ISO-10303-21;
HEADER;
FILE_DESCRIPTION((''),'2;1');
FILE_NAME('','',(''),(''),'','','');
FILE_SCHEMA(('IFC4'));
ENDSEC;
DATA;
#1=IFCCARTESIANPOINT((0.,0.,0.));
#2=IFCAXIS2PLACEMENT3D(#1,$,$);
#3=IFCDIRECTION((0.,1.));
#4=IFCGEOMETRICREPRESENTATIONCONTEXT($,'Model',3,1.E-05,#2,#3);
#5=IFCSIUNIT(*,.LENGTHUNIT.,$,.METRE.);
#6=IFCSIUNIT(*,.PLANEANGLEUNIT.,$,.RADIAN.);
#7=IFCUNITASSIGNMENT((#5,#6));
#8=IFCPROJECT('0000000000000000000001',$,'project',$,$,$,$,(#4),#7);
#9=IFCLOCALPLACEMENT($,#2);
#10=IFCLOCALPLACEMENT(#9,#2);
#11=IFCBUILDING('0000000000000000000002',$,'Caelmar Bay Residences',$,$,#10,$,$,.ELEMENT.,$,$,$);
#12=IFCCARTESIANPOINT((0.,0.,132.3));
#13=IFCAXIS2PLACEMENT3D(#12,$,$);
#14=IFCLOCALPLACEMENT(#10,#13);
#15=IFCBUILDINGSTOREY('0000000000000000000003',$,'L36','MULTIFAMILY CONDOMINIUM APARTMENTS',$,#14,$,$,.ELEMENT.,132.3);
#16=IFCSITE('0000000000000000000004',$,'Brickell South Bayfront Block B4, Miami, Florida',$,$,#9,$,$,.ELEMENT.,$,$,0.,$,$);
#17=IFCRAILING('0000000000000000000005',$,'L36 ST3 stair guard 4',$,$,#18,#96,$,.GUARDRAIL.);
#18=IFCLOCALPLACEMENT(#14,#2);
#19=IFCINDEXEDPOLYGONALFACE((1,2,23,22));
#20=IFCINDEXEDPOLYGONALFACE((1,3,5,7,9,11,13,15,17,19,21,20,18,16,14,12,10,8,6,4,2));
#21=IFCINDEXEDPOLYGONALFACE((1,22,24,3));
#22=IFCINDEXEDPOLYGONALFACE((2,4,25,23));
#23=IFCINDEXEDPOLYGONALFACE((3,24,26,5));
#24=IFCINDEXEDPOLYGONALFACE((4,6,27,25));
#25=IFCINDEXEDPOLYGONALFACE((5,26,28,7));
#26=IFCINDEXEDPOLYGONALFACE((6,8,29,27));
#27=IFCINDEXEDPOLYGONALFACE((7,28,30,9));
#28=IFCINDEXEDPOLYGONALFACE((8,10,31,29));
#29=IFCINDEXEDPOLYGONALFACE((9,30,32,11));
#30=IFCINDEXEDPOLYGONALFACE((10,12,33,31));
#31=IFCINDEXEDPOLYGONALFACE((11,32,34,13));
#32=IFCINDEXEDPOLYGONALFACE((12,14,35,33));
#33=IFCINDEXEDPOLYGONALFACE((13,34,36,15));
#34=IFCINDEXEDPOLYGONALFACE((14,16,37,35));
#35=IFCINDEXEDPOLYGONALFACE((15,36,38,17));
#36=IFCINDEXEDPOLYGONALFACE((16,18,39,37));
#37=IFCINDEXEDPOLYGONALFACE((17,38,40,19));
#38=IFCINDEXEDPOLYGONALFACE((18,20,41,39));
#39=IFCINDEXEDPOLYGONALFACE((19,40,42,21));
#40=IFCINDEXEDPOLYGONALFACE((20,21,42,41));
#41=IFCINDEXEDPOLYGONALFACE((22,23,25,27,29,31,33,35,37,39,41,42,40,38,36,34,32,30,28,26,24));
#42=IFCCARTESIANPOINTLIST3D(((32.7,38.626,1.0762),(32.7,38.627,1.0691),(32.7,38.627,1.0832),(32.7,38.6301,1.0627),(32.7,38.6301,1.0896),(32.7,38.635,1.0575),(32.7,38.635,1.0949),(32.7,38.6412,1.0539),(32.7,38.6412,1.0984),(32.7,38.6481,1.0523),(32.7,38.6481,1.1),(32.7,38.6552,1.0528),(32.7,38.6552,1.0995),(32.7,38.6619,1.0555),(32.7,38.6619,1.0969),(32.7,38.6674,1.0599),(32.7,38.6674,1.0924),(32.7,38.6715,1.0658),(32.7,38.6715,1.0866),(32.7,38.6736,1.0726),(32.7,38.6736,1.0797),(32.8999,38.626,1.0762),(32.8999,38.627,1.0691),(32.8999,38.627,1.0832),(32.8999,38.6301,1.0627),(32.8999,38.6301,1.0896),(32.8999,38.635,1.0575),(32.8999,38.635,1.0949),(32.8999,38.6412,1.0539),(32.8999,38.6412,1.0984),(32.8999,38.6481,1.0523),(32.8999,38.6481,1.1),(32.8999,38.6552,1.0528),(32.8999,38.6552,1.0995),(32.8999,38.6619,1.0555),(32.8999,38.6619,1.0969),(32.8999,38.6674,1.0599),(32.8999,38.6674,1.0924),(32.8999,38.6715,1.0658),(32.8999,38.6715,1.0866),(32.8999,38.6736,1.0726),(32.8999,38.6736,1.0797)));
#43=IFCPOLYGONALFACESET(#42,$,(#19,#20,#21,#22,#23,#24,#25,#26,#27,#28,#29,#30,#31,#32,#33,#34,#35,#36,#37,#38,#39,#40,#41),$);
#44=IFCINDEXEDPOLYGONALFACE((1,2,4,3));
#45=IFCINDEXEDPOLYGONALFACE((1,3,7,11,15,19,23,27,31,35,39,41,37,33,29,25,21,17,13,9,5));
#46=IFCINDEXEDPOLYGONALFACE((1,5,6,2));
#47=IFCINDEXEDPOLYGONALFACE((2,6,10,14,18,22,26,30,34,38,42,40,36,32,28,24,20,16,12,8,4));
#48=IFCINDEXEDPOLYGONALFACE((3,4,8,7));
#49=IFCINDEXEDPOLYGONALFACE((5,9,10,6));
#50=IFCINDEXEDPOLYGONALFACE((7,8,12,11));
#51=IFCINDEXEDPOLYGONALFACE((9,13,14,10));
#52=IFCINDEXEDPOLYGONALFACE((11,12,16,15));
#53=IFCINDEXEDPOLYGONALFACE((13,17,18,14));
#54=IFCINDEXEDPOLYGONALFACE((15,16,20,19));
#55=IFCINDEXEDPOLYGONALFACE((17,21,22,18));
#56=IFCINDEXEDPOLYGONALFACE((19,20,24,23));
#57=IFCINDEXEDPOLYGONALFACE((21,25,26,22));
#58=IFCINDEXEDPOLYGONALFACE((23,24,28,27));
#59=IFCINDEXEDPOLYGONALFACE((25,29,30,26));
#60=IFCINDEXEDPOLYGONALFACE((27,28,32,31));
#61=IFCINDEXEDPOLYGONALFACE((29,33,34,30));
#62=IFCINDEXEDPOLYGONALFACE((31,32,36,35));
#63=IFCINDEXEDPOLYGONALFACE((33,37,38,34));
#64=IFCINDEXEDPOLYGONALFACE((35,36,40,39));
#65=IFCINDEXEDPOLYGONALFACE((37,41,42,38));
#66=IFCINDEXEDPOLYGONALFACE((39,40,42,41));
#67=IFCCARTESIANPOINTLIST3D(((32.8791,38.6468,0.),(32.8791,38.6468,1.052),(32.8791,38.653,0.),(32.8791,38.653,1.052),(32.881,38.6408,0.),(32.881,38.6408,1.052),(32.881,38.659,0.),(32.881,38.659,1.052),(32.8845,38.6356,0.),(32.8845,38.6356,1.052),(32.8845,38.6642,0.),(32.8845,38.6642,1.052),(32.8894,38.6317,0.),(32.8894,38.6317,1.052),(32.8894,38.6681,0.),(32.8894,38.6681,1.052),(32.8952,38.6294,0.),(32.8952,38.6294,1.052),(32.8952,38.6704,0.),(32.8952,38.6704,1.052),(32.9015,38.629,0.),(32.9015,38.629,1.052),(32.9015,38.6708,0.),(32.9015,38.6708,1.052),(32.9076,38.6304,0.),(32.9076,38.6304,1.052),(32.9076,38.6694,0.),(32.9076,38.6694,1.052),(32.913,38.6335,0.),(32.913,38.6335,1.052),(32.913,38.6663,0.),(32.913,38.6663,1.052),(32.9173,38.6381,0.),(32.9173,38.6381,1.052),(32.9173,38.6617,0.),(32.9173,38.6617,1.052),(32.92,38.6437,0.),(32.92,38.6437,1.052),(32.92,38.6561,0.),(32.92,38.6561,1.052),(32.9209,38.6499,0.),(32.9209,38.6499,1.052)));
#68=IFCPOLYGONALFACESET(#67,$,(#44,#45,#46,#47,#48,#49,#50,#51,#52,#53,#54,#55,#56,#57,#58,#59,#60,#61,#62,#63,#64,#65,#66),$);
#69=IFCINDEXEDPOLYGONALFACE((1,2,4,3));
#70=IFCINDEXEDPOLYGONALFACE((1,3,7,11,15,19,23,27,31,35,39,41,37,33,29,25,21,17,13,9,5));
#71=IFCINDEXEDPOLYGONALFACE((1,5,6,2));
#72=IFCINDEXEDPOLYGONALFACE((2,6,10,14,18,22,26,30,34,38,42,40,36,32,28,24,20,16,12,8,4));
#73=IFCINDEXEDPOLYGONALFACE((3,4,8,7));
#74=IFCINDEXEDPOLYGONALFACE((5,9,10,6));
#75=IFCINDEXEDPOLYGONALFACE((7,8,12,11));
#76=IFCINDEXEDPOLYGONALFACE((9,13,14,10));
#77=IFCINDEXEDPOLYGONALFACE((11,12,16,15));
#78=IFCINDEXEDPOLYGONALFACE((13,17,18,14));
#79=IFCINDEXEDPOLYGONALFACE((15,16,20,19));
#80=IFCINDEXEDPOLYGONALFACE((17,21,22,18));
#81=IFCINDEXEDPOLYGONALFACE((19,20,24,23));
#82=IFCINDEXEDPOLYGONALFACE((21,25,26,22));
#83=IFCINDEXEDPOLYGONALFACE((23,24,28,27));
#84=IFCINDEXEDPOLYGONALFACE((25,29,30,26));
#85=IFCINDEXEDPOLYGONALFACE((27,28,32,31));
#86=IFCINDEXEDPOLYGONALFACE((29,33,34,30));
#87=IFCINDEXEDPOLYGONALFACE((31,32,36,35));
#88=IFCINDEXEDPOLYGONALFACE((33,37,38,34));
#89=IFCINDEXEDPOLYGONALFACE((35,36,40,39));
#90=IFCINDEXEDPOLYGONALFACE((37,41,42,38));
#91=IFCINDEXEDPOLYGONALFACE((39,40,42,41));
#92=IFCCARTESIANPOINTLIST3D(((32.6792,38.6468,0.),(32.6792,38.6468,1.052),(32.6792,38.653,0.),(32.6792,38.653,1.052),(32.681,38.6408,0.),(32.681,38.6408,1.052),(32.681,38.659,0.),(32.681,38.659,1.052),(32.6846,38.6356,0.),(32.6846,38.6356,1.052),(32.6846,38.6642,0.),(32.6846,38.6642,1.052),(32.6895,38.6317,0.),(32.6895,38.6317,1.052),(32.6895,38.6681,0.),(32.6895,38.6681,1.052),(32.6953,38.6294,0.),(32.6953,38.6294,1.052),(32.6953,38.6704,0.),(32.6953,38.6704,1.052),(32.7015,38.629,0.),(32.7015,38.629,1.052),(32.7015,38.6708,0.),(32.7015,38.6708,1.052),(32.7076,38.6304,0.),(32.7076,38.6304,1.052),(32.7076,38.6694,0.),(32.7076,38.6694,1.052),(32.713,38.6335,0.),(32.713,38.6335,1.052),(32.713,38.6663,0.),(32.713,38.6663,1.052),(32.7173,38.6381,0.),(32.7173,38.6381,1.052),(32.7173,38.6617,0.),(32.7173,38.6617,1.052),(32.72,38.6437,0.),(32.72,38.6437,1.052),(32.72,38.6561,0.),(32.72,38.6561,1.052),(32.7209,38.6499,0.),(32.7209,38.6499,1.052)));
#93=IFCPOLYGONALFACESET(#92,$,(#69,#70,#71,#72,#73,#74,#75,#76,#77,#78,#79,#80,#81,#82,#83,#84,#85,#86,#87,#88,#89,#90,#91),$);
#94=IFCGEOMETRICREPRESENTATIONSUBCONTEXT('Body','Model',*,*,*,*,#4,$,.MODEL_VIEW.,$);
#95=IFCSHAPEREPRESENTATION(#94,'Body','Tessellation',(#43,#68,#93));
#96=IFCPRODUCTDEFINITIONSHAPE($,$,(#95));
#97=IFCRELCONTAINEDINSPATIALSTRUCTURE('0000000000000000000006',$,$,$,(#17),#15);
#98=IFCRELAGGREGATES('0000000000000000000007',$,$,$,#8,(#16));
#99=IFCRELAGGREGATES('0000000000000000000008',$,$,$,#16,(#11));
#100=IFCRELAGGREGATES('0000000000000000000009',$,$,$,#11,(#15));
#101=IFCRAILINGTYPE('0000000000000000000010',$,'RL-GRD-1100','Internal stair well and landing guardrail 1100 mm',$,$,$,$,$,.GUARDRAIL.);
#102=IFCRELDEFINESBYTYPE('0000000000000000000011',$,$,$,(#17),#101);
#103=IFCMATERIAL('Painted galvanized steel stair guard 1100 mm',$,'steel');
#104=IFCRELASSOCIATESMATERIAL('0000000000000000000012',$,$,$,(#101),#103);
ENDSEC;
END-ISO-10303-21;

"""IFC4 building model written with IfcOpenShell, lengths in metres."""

from ifc_helpers import new_model, si_unit, direction, frame, origin, origin_2d, place, context, subcontext, project, spatial, circle, extrude, material, type_object, element, save


model = new_model("IFC4")

# Units and contexts
model_context = context("Model", 3, precision=1e-05, world=origin(), true_north=direction((0.0, 1.0)))
body_context = subcontext(model_context, "Body", "Model", "MODEL_VIEW")
ifc_project = project(units=[si_unit("LENGTHUNIT", "METRE"), si_unit("PLANEANGLEUNIT", "RADIAN")], contexts=[model_context])

# Site, building, storey
site_placement = place(None, origin())
site = spatial("IfcSite", under=ifc_project, at=site_placement, Name="Brickell South Bayfront Block B4, Miami, Florida", CompositionType="ELEMENT", RefElevation=0.0)
building_placement = place(site_placement, origin())
building = spatial("IfcBuilding", under=site, at=building_placement, Name="Caelmar Bay Residences", CompositionType="ELEMENT")
storey_placement = place(building_placement, frame((0.0, 0.0, 132.3)))
storey = spatial("IfcBuildingStorey", under=building, at=storey_placement, Name="L36", Description="MULTIFAMILY CONDOMINIUM APARTMENTS", CompositionType="ELEMENT", Elevation=132.3)

# Railing
ifc_material_1 = material(Name="Painted galvanized steel stair guard 1100 mm", Category="steel")
railing_type_1 = type_object("IfcRailingType", Name="RL-GRD-1100", Description="Internal stair well and landing guardrail 1100 mm", PredefinedType="GUARDRAIL", material=ifc_material_1)
railing_1_placement = place(storey_placement, frame((32.8999, 38.6499, 0.0)))
element("IfcRailing", 1, at=railing_1_placement, inside=storey, type_object=railing_type_1, Name="L36 ST3 stair guard 4", PredefinedType="GUARDRAIL", context=body_context, shape_type="SweptSolid", body=[
    extrude(circle(Radius=0.0239, at=origin_2d()), frame((0.0, 0.0, 1.0762), z_axis=(-1.0, 0.0, 0.0), x_axis=(0.0, -1.0, 0.0)), (0.0, 0.0, 1.0), 0.2),
    extrude(circle(Radius=0.021, at=origin_2d()), origin(), (0.0, 0.0, 1.0), 1.052),
    extrude(circle(Radius=0.021, at=origin_2d()), frame((-0.2, 0.0, 0.0)), (0.0, 0.0, 1.0), 1.052),
])

save(model, "model.ifc")
